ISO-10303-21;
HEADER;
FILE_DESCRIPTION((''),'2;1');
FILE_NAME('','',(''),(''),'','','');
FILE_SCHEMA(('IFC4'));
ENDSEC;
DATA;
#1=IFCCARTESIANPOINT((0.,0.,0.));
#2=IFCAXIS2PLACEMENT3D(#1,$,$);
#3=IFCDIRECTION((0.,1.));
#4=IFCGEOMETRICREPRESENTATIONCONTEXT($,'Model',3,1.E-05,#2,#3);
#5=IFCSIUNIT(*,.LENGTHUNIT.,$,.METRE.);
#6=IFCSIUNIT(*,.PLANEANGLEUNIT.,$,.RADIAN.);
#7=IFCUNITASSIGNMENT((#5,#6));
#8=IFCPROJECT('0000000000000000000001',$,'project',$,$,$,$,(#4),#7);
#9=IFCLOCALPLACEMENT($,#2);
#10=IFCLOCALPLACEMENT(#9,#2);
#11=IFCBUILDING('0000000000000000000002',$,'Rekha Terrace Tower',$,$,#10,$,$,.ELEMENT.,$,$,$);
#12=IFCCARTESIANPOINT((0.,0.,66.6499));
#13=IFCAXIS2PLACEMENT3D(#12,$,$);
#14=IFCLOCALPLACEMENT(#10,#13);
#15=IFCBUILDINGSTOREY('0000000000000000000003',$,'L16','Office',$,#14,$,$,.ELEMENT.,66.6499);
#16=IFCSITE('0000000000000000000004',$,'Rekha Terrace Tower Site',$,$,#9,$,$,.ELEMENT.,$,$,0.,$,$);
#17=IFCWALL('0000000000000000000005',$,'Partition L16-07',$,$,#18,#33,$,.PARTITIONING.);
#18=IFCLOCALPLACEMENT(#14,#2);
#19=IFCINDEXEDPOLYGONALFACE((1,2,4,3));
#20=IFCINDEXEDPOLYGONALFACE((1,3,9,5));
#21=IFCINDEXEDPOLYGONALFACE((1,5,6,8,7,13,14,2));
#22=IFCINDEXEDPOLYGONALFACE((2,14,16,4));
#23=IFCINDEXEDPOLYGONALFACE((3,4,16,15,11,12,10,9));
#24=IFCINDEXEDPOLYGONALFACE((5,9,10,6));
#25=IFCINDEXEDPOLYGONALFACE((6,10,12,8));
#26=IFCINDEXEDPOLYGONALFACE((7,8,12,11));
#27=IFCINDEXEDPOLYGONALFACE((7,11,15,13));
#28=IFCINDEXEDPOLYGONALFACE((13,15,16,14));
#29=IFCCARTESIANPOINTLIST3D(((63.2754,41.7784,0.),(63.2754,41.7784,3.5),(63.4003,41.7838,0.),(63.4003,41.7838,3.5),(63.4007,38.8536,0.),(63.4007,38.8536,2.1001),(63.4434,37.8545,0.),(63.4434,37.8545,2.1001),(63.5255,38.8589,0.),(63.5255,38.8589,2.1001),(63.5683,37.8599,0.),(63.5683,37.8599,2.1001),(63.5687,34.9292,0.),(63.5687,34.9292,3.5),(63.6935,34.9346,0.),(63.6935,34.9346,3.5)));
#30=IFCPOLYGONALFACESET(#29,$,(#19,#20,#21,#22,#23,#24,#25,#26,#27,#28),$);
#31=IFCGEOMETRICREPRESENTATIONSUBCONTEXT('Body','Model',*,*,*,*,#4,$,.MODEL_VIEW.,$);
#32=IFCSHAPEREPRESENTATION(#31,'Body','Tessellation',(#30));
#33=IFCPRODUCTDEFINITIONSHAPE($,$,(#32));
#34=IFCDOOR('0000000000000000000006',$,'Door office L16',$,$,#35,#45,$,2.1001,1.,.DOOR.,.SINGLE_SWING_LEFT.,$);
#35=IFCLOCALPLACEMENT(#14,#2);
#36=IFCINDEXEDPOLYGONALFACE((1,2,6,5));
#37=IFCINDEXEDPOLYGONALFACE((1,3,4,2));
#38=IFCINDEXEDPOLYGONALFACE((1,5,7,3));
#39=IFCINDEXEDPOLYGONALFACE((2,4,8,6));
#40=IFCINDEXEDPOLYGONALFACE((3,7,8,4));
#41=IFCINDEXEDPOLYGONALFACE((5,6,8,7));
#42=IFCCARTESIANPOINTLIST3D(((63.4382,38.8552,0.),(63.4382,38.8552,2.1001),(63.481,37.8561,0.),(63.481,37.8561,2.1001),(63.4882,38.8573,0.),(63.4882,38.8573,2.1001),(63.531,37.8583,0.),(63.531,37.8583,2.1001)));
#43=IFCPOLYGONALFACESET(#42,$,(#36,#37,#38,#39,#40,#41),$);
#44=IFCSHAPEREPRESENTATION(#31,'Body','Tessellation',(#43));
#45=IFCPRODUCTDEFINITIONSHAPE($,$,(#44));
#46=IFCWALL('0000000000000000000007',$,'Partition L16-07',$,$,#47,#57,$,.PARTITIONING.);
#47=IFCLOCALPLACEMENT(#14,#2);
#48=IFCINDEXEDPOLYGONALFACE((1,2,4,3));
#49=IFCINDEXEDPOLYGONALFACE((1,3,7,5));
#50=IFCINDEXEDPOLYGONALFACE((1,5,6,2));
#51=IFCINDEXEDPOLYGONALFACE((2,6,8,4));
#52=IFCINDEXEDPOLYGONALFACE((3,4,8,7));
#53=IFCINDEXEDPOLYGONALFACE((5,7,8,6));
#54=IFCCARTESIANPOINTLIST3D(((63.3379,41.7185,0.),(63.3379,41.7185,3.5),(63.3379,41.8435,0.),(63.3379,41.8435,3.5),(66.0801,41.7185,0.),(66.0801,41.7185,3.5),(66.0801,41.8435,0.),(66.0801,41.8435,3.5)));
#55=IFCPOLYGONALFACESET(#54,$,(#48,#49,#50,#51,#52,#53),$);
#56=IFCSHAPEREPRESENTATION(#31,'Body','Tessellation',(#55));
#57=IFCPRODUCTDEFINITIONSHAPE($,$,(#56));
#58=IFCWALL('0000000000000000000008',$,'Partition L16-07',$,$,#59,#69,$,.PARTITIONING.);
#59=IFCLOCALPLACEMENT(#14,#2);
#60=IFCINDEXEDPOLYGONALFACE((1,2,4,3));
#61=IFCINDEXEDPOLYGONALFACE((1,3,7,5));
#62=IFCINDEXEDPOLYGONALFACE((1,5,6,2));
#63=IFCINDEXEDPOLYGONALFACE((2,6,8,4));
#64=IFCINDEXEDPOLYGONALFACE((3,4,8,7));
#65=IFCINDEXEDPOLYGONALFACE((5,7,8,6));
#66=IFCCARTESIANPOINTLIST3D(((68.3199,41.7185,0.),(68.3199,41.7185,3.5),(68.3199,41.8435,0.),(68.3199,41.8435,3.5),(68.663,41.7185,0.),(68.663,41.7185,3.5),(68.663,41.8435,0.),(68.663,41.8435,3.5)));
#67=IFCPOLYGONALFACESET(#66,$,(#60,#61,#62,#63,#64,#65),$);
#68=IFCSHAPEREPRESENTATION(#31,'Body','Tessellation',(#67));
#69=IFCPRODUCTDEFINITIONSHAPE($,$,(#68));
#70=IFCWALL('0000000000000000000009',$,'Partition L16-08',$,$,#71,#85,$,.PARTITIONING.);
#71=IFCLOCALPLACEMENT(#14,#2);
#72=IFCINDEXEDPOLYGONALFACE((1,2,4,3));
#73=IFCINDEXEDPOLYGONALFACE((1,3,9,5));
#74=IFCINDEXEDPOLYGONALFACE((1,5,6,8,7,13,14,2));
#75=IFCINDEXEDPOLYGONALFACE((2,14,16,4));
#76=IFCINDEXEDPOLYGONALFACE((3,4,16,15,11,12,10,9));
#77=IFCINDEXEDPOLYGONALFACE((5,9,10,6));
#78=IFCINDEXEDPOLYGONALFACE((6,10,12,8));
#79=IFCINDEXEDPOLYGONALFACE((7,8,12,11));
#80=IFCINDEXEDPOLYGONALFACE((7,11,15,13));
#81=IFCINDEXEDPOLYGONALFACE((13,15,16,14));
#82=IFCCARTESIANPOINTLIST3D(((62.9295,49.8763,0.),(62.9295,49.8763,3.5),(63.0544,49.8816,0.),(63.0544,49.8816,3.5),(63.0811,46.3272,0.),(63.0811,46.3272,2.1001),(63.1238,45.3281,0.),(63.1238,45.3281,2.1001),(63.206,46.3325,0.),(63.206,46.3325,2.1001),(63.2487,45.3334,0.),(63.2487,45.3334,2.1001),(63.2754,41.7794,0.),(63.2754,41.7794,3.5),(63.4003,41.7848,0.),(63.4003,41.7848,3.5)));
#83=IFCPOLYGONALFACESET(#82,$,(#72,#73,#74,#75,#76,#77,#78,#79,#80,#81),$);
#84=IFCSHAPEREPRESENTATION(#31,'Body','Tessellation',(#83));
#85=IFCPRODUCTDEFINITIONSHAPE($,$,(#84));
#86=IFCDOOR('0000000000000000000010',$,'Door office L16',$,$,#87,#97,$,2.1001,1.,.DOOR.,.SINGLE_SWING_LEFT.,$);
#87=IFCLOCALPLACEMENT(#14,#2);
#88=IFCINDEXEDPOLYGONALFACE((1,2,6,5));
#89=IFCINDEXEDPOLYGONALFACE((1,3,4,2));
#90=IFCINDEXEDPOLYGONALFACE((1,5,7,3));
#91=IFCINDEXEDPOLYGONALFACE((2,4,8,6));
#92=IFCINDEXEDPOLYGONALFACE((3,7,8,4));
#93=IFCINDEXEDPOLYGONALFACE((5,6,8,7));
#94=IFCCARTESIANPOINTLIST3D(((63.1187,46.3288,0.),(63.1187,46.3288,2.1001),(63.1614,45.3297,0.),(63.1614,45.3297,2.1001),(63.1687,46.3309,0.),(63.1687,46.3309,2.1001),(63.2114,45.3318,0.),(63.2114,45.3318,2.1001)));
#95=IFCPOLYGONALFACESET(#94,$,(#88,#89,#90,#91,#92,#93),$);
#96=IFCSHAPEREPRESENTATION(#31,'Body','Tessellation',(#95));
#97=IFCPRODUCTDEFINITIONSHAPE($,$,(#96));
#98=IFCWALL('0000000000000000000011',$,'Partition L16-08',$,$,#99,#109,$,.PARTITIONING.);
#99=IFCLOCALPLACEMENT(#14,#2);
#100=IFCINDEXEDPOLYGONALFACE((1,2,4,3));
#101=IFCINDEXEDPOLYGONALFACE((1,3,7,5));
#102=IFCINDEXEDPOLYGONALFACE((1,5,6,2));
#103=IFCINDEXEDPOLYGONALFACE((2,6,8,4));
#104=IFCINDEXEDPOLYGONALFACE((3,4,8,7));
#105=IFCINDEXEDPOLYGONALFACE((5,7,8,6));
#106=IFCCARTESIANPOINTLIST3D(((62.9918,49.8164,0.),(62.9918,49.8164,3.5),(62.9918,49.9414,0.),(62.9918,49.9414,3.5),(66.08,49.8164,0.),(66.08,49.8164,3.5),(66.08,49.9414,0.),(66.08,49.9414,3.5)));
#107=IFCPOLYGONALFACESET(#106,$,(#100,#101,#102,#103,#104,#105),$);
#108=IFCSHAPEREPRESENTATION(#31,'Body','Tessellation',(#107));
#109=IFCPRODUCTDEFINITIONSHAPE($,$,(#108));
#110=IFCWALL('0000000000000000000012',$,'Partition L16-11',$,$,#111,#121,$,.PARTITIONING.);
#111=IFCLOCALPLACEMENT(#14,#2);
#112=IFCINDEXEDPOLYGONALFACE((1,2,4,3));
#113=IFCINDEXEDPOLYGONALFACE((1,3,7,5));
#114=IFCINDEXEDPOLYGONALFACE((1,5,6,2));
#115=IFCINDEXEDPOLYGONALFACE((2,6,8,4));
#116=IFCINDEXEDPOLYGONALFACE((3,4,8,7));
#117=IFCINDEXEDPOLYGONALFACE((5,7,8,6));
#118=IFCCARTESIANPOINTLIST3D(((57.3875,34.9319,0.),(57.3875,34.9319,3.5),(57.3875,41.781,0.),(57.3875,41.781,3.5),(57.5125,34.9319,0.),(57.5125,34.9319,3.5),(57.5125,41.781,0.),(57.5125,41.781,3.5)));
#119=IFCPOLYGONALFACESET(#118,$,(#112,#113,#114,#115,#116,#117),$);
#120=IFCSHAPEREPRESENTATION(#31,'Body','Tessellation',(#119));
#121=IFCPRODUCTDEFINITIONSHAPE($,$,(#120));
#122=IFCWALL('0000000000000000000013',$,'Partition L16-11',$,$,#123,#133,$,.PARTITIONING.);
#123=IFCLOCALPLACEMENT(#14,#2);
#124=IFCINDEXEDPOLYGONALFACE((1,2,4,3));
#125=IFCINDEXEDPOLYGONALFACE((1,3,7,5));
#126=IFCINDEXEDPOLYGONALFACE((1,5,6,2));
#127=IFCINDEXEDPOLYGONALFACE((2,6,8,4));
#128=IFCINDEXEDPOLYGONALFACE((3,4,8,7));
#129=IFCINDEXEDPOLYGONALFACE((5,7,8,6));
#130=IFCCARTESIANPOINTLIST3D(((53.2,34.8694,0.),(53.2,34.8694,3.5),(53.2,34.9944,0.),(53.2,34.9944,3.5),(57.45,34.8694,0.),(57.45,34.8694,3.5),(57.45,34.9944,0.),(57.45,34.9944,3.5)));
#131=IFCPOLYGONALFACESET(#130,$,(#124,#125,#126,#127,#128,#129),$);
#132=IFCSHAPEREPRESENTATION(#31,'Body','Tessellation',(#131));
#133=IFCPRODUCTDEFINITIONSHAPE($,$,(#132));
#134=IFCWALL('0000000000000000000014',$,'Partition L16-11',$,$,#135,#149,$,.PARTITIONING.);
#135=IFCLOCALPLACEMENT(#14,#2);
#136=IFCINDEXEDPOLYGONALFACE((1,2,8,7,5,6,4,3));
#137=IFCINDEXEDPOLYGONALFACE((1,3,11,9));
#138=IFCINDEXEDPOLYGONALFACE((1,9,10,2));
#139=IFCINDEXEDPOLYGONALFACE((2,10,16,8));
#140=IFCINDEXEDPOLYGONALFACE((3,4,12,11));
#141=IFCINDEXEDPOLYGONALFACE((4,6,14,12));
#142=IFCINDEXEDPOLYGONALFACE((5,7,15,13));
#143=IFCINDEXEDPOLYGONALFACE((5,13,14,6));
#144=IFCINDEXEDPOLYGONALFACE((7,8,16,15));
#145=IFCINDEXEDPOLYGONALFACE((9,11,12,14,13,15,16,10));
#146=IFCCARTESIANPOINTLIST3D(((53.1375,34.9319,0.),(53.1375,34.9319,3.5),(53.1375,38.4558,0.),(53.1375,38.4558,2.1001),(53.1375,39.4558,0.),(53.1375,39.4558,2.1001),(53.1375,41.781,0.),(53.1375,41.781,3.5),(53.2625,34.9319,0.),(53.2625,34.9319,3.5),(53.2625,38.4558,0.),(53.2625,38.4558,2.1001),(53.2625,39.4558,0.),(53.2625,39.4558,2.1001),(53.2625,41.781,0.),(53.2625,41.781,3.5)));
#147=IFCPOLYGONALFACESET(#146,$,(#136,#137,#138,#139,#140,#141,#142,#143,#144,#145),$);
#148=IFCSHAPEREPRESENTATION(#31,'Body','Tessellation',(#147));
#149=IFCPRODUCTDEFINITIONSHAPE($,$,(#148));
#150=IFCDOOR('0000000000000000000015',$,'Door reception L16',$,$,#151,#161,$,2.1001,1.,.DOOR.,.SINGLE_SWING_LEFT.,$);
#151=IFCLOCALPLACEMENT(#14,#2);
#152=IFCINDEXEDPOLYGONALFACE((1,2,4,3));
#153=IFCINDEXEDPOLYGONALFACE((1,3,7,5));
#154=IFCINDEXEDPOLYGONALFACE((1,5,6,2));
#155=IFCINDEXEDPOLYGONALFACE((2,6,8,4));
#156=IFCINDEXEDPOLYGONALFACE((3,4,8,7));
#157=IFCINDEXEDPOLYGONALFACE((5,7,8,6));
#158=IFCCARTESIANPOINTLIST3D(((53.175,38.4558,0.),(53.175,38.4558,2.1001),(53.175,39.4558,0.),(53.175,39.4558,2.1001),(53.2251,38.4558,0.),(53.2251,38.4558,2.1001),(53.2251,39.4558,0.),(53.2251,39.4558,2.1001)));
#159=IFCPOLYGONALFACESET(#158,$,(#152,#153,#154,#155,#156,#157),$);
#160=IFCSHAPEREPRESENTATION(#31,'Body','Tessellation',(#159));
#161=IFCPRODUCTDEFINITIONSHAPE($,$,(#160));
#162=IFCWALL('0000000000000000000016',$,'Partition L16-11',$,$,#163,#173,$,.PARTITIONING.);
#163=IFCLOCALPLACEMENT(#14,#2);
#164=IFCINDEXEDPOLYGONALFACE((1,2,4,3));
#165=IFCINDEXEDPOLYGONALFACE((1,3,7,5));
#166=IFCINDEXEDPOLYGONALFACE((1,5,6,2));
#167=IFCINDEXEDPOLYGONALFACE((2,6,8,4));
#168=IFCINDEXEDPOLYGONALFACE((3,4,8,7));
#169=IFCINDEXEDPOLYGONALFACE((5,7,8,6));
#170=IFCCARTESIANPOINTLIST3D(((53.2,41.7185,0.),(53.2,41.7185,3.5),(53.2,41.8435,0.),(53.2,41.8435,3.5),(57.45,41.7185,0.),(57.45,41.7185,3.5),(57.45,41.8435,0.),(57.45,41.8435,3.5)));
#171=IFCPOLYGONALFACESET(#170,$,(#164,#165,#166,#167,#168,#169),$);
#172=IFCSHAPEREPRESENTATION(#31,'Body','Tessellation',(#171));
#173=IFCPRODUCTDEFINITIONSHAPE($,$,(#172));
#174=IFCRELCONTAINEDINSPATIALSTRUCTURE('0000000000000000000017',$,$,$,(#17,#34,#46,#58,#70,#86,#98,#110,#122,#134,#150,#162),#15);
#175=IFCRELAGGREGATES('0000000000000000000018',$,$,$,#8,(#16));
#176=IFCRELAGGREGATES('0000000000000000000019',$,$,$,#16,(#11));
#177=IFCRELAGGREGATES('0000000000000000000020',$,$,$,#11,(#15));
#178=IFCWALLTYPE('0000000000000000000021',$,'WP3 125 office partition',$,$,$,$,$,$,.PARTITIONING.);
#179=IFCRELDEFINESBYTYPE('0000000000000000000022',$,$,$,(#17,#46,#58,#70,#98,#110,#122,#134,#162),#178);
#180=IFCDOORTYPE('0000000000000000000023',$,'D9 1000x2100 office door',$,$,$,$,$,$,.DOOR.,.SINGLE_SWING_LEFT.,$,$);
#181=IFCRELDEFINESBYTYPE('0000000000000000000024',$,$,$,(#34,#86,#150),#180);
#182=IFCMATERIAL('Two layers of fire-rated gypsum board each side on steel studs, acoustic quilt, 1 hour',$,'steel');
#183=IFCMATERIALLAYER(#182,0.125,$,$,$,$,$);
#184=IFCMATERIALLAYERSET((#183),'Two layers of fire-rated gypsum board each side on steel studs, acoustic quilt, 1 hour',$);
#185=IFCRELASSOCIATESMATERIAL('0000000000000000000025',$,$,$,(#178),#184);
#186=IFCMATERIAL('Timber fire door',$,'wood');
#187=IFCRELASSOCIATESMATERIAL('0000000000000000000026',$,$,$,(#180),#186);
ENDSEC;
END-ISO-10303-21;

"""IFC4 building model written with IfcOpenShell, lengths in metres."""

from ifc_helpers import new_model, si_unit, direction, frame, frame_2d, origin, place, context, subcontext, project, spatial, rectangle, extrude, material, layer, layer_set, type_object, element, fill, save


model = new_model("IFC4")

# Units and contexts
model_context = context("Model", 3, precision=1e-05, world=origin(), true_north=direction((0.0, 1.0)))
body_context = subcontext(model_context, "Body", "Model", "MODEL_VIEW")
ifc_project = project(units=[si_unit("LENGTHUNIT", "METRE"), si_unit("PLANEANGLEUNIT", "RADIAN")], contexts=[model_context])

# Site, building, storey
site_placement = place(None, origin())
site = spatial("IfcSite", under=ifc_project, at=site_placement, Name="Rekha Terrace Tower Site", CompositionType="ELEMENT", RefElevation=0.0)
building_placement = place(site_placement, origin())
building = spatial("IfcBuilding", under=site, at=building_placement, Name="Rekha Terrace Tower", CompositionType="ELEMENT")
storey_placement = place(building_placement, frame((0.0, 0.0, 66.6499)))
storey = spatial("IfcBuildingStorey", under=building, at=storey_placement, Name="L16", Description="Office", CompositionType="ELEMENT", Elevation=66.6499)

# Shared definitions
ifc_material_1 = material(Name="Two layers of fire-rated gypsum board each side on steel studs, acoustic quilt, 1 hour", Category="steel")
ifc_layer_1 = layer(ifc_material_1, 0.125)
ifc_layer_set_1 = layer_set([ifc_layer_1], Name="Two layers of fire-rated gypsum board each side on steel studs, acoustic quilt, 1 hour")
wall_type_1 = type_object("IfcWallType", Name="WP3 125 office partition", PredefinedType="PARTITIONING", material=ifc_layer_set_1)

# Wall, opening, door
wall_1_placement = place(storey_placement, frame((63.6311, 34.9319, 0.0), z_axis=(0.0, 0.0, 1.0), x_axis=(-0.042771, 0.999085, 0.0)))
wall_1 = element("IfcWall", 1, at=wall_1_placement, inside=storey, type_object=wall_type_1, Name="Partition L16-07", PredefinedType="PARTITIONING", context=body_context, shape_type="SweptSolid", body=[
    extrude(rectangle(XDim=6.8555, YDim=0.125, at=frame_2d((3.4277, 0.0))), origin(), (0.0, 0.0, 1.0), 3.5),
])
opening_1_placement = place(wall_1_placement, frame((2.928, 0.0, 0.0)))
opening_1 = element("IfcOpeningElement", 2, at=opening_1_placement, cuts=wall_1, PredefinedType="OPENING", context=body_context, shape_type="SweptSolid", body=[
    extrude(rectangle(XDim=1.0, YDim=2.1001, at=frame_2d((0.5, 1.05))), frame((0.0, 0.0725, 0.0), z_axis=(0.0, -1.0, 0.0), x_axis=(1.0, 0.0, 0.0)), (0.0, 0.0, 1.0), 0.145),
])
ifc_material_2 = material(Name="Timber fire door", Category="wood")
door_type = type_object("IfcDoorType", Name="D9 1000x2100 office door", OperationType="SINGLE_SWING_LEFT", PredefinedType="DOOR", material=ifc_material_2)
door_1_placement = place(opening_1_placement, origin())
door_1 = element("IfcDoor", 3, at=door_1_placement, inside=storey, type_object=door_type, Name="Door office L16", OperationType="SINGLE_SWING_LEFT", OverallHeight=2.1001, OverallWidth=1.0, PredefinedType="DOOR", context=body_context, shape_type="SweptSolid", body=[
    extrude(rectangle(XDim=1.0, YDim=2.1001, at=frame_2d((0.5, 1.05))), frame((0.0, 0.0249, 0.0), z_axis=(0.0, -1.0, 0.0), x_axis=(1.0, 0.0, 0.0)), (0.0, 0.0, 1.0), 0.05),
])
fill(opening_1, door_1)

# Walls
wall_2_placement = place(storey_placement, frame((63.3379, 41.781, 0.0), z_axis=(0.0, 0.0, 1.0), x_axis=(1.0, 0.0, 0.0)))
element("IfcWall", 4, at=wall_2_placement, inside=storey, type_object=wall_type_1, Name="Partition L16-07", PredefinedType="PARTITIONING", context=body_context, shape_type="SweptSolid", body=[
    extrude(rectangle(XDim=2.7422, YDim=0.125, at=frame_2d((1.3711, 0.0))), origin(), (0.0, 0.0, 1.0), 3.5),
])
wall_3_placement = place(storey_placement, frame((68.3201, 41.781, 0.0), z_axis=(0.0, 0.0, 1.0), x_axis=(1.0, 0.0, 0.0)))
element("IfcWall", 5, at=wall_3_placement, inside=storey, type_object=wall_type_1, Name="Partition L16-07", PredefinedType="PARTITIONING", context=body_context, shape_type="SweptSolid", body=[
    extrude(rectangle(XDim=0.343, YDim=0.125, at=frame_2d((0.1714, 0.0))), origin(), (0.0, 0.0, 1.0), 3.5),
])

# Wall, opening, door
wall_4_placement = place(storey_placement, frame((63.3379, 41.782, 0.0), z_axis=(0.0, 0.0, 1.0), x_axis=(-0.042687, 0.999089, 0.0)))
wall_4 = element("IfcWall", 6, at=wall_4_placement, inside=storey, type_object=wall_type_1, Name="Partition L16-08", PredefinedType="PARTITIONING", context=body_context, shape_type="SweptSolid", body=[
    extrude(rectangle(XDim=8.1042, YDim=0.125, at=frame_2d((4.0522, 0.0))), origin(), (0.0, 0.0, 1.0), 3.5),
])
opening_2_placement = place(wall_4_placement, frame((3.552, 0.0, 0.0)))
opening_2 = element("IfcOpeningElement", 7, at=opening_2_placement, cuts=wall_4, PredefinedType="OPENING", context=body_context, shape_type="SweptSolid", body=[
    extrude(rectangle(XDim=1.0, YDim=2.1001, at=frame_2d((0.5, 1.05))), frame((0.0, 0.0725, 0.0), z_axis=(0.0, -1.0, 0.0), x_axis=(1.0, 0.0, 0.0)), (0.0, 0.0, 1.0), 0.145),
])
door_2_placement = place(opening_2_placement, origin())
door_2 = element("IfcDoor", 8, at=door_2_placement, inside=storey, type_object=door_type, Name="Door office L16", OperationType="SINGLE_SWING_LEFT", OverallHeight=2.1001, OverallWidth=1.0, PredefinedType="DOOR", context=body_context, shape_type="SweptSolid", body=[
    extrude(rectangle(XDim=1.0, YDim=2.1001, at=frame_2d((0.5, 1.05))), frame((0.0, 0.0249, 0.0), z_axis=(0.0, -1.0, 0.0), x_axis=(1.0, 0.0, 0.0)), (0.0, 0.0, 1.0), 0.05),
])
fill(opening_2, door_2)

# Walls
wall_5_placement = place(storey_placement, frame((62.9919, 49.8789, 0.0), z_axis=(0.0, 0.0, 1.0), x_axis=(1.0, 0.0, 0.0)))
element("IfcWall", 9, at=wall_5_placement, inside=storey, type_object=wall_type_1, Name="Partition L16-08", PredefinedType="PARTITIONING", context=body_context, shape_type="SweptSolid", body=[
    extrude(rectangle(XDim=3.0881, YDim=0.125, at=frame_2d((1.5439, 0.0))), origin(), (0.0, 0.0, 1.0), 3.5),
])
wall_6_placement = place(storey_placement, frame((57.45, 41.781, 0.0), z_axis=(0.0, 0.0, 1.0), x_axis=(0.0, -1.0, 0.0)))
element("IfcWall", 10, at=wall_6_placement, inside=storey, type_object=wall_type_1, Name="Partition L16-11", PredefinedType="PARTITIONING", context=body_context, shape_type="SweptSolid", body=[
    extrude(rectangle(XDim=6.8491, YDim=0.125, at=frame_2d((3.4246, 0.0))), origin(), (0.0, 0.0, 1.0), 3.5),
])
wall_7_placement = place(storey_placement, frame((57.45, 34.9319, 0.0), z_axis=(0.0, 0.0, 1.0), x_axis=(-1.0, 0.0, 0.0)))
element("IfcWall", 11, at=wall_7_placement, inside=storey, type_object=wall_type_1, Name="Partition L16-11", PredefinedType="PARTITIONING", context=body_context, shape_type="SweptSolid", body=[
    extrude(rectangle(XDim=4.25, YDim=0.125, at=frame_2d((2.125, 0.0))), origin(), (0.0, 0.0, 1.0), 3.5),
])

# Wall, opening, door
wall_8_placement = place(storey_placement, frame((53.2, 34.9319, 0.0), z_axis=(0.0, 0.0, 1.0), x_axis=(0.0, 1.0, 0.0)))
wall_8 = element("IfcWall", 12, at=wall_8_placement, inside=storey, type_object=wall_type_1, Name="Partition L16-11", PredefinedType="PARTITIONING", context=body_context, shape_type="SweptSolid", body=[
    extrude(rectangle(XDim=6.8491, YDim=0.125, at=frame_2d((3.4246, 0.0))), origin(), (0.0, 0.0, 1.0), 3.5),
])
opening_3_placement = place(wall_8_placement, frame((3.5239, 0.0, 0.0)))
opening_3 = element("IfcOpeningElement", 13, at=opening_3_placement, cuts=wall_8, PredefinedType="OPENING", context=body_context, shape_type="SweptSolid", body=[
    extrude(rectangle(XDim=1.0, YDim=2.1001, at=frame_2d((0.5, 1.05))), frame((0.0, 0.0725, 0.0), z_axis=(0.0, -1.0, 0.0), x_axis=(1.0, 0.0, 0.0)), (0.0, 0.0, 1.0), 0.145),
])
door_3_placement = place(opening_3_placement, origin())
door_3 = element("IfcDoor", 14, at=door_3_placement, inside=storey, type_object=door_type, Name="Door reception L16", OperationType="SINGLE_SWING_LEFT", OverallHeight=2.1001, OverallWidth=1.0, PredefinedType="DOOR", context=body_context, shape_type="SweptSolid", body=[
    extrude(rectangle(XDim=1.0, YDim=2.1001, at=frame_2d((0.5, 1.05))), frame((0.0, 0.0249, 0.0), z_axis=(0.0, -1.0, 0.0), x_axis=(1.0, 0.0, 0.0)), (0.0, 0.0, 1.0), 0.05),
])
fill(opening_3, door_3)

# Wall
wall_9_placement = place(storey_placement, frame((53.2, 41.781, 0.0), z_axis=(0.0, 0.0, 1.0), x_axis=(1.0, 0.0, 0.0)))
element("IfcWall", 15, at=wall_9_placement, inside=storey, type_object=wall_type_1, Name="Partition L16-11", PredefinedType="PARTITIONING", context=body_context, shape_type="SweptSolid", body=[
    extrude(rectangle(XDim=4.25, YDim=0.125, at=frame_2d((2.125, 0.0))), origin(), (0.0, 0.0, 1.0), 3.5),
])

save(model, "model.ifc")
